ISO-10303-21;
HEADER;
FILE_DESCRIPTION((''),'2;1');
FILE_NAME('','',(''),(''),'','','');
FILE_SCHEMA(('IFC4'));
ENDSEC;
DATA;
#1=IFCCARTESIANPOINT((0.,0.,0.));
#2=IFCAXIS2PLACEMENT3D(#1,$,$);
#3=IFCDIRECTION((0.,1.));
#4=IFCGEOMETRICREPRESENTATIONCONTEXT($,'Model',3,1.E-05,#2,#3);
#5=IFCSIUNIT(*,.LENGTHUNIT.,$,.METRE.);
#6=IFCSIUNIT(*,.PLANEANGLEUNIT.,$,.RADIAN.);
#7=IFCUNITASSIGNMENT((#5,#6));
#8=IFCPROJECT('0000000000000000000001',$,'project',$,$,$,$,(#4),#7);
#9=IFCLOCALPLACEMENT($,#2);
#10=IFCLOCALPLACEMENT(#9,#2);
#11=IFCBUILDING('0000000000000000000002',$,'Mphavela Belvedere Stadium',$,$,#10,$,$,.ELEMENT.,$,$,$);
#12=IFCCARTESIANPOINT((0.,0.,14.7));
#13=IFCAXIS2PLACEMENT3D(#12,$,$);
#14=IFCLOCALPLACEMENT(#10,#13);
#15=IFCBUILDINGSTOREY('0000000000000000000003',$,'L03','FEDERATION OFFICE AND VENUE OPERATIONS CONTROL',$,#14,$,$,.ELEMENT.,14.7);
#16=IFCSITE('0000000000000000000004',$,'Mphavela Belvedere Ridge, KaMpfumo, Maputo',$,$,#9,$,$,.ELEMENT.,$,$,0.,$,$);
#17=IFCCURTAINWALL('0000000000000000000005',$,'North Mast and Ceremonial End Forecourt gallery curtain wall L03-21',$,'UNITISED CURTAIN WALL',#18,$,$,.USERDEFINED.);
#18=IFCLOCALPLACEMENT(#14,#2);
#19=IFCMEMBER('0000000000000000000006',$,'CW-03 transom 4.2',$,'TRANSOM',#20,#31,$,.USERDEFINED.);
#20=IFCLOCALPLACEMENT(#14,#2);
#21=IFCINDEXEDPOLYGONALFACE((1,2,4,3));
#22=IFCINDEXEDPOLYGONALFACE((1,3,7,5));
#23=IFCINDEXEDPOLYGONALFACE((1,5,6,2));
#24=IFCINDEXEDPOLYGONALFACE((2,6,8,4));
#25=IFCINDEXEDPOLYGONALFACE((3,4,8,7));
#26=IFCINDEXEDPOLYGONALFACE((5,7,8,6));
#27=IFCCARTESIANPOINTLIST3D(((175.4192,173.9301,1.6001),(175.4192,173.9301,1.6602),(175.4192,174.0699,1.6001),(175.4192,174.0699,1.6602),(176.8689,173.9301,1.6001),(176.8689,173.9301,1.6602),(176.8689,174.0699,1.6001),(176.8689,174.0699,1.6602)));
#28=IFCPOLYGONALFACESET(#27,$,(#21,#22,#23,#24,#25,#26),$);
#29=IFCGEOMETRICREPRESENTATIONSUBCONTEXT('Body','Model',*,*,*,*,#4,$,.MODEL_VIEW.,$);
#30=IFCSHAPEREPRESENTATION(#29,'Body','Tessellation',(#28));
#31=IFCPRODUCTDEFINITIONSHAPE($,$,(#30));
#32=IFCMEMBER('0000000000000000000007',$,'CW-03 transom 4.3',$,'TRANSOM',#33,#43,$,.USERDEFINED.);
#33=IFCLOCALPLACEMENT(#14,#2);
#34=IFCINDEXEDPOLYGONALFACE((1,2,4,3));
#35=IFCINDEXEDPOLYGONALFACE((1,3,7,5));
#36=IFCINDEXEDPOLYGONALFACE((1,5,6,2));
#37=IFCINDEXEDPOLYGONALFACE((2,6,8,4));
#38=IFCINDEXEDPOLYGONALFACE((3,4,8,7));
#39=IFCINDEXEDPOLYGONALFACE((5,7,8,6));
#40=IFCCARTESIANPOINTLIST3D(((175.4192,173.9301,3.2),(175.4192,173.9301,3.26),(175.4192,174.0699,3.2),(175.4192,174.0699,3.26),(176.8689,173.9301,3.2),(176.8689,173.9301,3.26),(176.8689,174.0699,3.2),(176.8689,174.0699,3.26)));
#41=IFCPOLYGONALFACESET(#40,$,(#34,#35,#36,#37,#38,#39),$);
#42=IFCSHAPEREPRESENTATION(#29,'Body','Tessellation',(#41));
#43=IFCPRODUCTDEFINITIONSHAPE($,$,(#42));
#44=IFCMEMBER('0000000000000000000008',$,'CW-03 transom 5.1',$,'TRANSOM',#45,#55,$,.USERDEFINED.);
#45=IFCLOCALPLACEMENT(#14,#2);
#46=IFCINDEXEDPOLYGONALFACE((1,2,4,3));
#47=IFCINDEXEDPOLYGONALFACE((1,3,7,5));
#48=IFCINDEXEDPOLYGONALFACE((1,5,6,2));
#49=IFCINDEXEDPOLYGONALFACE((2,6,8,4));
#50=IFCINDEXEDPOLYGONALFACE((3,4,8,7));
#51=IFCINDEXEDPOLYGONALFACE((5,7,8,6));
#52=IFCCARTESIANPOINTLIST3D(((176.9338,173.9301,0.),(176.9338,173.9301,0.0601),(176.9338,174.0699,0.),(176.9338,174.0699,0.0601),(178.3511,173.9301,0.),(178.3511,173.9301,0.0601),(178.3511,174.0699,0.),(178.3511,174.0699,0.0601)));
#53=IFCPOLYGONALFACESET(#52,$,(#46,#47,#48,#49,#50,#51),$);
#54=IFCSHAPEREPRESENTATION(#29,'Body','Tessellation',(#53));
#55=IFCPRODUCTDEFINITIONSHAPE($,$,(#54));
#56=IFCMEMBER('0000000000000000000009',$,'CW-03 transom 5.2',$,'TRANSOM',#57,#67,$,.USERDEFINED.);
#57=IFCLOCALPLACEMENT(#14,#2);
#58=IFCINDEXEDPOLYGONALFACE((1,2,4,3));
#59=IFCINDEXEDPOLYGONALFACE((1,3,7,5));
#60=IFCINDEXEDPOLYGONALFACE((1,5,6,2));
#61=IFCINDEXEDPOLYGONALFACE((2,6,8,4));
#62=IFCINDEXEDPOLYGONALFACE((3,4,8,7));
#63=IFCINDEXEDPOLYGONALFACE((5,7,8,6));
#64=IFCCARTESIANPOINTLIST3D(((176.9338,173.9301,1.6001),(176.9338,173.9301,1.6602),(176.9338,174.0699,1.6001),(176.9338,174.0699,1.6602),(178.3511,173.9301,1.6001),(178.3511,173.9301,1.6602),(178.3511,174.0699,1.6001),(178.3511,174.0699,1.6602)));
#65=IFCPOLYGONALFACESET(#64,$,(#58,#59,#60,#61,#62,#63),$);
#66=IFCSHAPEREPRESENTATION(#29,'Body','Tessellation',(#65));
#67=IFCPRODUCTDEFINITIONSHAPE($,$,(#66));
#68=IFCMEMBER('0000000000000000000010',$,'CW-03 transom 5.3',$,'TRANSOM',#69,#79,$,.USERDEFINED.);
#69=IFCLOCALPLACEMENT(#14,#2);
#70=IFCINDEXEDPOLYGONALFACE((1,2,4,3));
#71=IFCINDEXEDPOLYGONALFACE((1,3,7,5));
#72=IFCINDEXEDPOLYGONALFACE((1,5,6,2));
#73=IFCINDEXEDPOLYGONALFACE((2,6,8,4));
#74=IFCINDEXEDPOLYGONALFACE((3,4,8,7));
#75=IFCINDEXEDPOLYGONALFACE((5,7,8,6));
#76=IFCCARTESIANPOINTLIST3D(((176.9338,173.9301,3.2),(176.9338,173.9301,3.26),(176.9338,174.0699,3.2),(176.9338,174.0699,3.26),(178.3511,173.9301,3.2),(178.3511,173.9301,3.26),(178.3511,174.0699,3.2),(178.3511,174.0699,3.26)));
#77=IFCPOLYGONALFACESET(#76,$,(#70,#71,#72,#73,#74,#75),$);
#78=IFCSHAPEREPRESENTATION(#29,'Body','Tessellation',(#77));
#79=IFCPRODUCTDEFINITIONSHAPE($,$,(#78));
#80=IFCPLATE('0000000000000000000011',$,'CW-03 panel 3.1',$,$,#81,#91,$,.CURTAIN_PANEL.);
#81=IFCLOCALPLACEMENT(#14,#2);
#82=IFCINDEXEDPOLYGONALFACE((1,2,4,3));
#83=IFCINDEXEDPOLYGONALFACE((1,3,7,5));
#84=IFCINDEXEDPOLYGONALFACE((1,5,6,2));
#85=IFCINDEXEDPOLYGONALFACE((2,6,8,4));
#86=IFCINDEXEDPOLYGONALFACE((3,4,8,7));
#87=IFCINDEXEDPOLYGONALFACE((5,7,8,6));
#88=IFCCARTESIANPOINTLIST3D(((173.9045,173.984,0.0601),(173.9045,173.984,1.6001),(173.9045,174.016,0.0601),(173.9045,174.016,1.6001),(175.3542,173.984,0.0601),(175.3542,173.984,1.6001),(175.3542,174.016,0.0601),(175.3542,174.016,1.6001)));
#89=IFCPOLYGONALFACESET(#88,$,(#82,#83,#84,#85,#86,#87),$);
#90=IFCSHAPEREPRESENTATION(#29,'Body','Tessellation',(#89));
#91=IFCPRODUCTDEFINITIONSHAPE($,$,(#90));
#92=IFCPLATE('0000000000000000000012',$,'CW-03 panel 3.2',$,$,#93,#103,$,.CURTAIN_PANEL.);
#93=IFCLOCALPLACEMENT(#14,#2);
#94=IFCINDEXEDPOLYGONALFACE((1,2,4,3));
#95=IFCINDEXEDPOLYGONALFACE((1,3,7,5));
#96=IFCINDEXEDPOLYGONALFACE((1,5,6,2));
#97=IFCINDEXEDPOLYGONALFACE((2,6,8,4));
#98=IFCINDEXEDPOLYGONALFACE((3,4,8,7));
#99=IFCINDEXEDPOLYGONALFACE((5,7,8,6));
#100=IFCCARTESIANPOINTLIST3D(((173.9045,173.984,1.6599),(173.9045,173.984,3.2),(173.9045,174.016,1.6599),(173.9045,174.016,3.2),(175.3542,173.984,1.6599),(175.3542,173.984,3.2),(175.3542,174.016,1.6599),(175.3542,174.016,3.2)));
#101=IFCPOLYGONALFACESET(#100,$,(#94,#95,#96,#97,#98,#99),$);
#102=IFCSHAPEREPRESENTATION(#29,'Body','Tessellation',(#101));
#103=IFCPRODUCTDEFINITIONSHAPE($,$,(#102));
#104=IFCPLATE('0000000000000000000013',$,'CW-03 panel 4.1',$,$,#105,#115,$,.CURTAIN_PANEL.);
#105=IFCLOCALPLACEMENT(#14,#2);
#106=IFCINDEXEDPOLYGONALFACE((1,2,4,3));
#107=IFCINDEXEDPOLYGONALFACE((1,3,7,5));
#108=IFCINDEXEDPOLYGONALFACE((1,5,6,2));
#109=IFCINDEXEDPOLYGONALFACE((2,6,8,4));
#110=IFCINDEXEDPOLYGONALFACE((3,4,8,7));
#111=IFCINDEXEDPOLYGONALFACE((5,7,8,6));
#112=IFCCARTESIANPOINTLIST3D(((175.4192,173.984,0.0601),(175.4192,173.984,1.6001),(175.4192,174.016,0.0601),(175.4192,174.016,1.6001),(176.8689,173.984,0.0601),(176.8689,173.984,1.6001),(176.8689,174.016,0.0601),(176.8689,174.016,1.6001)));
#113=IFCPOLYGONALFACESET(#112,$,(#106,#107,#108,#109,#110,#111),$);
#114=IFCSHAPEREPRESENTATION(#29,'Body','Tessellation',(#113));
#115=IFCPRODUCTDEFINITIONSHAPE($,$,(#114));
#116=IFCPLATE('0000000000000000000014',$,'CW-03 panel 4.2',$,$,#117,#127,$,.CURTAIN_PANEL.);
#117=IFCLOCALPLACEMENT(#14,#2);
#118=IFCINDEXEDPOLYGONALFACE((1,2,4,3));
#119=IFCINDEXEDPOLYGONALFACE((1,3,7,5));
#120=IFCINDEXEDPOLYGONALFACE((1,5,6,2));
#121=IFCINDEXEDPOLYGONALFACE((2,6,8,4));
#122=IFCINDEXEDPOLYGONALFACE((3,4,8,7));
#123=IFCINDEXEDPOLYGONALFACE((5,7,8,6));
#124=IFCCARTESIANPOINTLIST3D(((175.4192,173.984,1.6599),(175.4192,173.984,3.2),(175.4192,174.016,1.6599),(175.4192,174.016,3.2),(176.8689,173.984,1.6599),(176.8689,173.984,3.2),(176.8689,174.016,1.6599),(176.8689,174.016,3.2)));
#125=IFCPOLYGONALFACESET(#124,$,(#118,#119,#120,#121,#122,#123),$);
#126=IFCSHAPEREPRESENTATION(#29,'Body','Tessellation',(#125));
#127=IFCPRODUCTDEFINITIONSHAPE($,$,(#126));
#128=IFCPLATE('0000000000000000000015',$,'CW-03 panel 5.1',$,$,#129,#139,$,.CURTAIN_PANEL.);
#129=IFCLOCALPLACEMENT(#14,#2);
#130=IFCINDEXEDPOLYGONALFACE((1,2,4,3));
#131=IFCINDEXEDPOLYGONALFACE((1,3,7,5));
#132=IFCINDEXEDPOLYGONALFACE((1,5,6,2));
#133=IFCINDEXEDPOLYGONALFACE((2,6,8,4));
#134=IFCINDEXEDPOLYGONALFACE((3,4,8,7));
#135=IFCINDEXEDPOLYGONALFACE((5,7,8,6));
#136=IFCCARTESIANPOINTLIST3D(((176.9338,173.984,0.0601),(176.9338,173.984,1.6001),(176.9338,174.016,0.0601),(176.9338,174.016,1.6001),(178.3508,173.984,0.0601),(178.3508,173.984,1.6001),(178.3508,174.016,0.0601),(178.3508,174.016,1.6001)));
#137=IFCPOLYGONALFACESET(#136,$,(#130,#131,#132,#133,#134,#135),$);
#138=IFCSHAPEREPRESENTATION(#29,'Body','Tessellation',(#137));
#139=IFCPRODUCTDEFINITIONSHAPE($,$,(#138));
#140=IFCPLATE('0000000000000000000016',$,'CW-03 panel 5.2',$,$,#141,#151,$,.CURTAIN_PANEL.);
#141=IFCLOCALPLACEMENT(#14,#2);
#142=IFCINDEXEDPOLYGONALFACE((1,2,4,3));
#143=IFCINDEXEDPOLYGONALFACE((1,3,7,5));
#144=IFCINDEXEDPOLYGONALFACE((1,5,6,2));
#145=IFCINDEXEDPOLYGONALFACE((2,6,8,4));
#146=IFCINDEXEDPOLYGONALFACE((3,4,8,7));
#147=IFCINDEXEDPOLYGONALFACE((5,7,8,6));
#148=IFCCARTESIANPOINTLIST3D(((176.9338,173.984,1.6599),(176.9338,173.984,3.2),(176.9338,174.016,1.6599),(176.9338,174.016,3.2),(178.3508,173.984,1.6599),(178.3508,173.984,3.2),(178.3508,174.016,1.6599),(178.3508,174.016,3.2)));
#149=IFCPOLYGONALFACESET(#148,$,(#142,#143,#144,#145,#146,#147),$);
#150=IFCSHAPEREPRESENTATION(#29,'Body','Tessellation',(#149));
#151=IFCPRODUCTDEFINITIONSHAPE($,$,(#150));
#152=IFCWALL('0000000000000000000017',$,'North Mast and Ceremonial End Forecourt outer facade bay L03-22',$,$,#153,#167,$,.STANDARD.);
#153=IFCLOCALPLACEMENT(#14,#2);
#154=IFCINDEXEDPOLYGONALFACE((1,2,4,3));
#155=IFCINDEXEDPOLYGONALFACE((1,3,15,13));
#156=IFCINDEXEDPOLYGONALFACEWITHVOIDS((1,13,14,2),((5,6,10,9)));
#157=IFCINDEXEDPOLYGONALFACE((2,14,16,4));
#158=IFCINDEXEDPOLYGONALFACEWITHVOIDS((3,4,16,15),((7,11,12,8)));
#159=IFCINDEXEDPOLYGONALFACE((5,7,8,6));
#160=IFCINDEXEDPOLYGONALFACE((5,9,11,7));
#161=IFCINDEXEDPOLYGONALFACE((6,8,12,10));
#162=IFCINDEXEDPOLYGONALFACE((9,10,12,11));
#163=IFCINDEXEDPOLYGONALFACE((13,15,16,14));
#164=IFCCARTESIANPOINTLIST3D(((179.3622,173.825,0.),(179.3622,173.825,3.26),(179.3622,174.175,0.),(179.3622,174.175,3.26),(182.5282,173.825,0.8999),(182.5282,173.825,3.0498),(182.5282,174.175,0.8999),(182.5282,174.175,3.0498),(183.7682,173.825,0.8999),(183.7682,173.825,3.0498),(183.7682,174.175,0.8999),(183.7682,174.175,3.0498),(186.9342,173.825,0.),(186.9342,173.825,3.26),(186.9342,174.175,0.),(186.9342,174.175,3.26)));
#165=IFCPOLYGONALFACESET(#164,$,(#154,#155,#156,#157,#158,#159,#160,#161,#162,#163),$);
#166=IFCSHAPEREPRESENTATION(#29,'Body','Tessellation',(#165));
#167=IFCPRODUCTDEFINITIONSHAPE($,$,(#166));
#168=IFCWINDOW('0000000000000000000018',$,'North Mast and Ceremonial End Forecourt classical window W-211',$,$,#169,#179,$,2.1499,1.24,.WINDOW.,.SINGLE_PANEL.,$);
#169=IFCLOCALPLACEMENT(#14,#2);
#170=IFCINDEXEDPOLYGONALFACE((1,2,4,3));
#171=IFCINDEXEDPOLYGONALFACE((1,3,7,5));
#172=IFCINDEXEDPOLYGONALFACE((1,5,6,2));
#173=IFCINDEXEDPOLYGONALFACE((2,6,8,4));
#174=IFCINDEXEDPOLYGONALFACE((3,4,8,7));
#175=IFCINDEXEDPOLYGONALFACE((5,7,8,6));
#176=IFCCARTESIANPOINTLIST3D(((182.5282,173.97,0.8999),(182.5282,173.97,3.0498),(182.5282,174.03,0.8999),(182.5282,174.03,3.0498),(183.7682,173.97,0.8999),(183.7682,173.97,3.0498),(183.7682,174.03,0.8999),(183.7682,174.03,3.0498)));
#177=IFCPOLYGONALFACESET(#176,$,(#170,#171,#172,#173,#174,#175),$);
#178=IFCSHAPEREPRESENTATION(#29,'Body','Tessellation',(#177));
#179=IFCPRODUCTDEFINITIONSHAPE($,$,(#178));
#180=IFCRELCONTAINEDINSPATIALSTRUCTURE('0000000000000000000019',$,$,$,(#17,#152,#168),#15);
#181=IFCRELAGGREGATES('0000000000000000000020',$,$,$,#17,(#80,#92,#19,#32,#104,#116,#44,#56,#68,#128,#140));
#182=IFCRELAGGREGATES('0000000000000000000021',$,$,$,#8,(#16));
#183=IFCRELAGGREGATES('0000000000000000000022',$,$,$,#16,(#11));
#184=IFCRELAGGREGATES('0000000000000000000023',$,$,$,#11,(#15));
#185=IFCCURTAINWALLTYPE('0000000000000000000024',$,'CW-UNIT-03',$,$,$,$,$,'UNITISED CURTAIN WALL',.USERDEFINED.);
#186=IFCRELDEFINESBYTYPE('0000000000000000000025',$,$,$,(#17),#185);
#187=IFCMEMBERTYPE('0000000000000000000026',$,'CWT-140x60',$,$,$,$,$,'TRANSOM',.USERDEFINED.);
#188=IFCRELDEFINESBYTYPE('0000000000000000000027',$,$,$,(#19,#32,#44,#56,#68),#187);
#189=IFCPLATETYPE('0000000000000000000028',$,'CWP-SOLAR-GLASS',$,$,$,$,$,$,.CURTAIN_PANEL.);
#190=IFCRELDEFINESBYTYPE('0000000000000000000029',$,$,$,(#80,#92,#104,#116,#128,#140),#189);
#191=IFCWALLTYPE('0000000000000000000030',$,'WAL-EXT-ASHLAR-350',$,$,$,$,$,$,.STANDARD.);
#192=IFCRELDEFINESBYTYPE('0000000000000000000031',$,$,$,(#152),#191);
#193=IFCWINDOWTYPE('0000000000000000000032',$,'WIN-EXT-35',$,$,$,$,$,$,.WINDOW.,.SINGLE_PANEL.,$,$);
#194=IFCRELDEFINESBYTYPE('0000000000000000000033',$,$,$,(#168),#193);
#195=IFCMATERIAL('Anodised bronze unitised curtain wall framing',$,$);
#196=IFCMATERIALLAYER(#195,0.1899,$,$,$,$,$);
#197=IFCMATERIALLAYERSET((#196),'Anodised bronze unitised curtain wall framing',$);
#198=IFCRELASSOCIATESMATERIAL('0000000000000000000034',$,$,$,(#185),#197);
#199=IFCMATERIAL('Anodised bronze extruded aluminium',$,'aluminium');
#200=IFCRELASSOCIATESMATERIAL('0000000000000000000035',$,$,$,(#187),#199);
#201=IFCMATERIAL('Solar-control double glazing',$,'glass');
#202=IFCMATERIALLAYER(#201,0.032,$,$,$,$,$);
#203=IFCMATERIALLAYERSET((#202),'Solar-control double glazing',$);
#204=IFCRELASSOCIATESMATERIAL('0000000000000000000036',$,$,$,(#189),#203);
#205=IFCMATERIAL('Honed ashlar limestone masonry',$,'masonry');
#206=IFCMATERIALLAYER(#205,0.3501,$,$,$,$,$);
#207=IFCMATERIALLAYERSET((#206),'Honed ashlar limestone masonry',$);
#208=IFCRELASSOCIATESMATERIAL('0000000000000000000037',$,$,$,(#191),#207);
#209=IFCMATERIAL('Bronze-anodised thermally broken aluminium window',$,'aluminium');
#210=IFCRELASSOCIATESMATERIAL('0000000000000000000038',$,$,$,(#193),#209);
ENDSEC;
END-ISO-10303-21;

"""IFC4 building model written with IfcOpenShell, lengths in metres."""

from ifc_helpers import new_model, si_unit, direction, frame, frame_2d, origin, origin_2d, place, context, subcontext, project, spatial, rectangle, extrude, material, layer, layer_set, material_profile, profile_set, type_object, element, fill, aggregate, save


model = new_model("IFC4")

# Units and contexts
model_context = context("Model", 3, precision=1e-05, world=origin(), true_north=direction((0.0, 1.0)))
body_context = subcontext(model_context, "Body", "Model", "MODEL_VIEW")
ifc_project = project(units=[si_unit("LENGTHUNIT", "METRE"), si_unit("PLANEANGLEUNIT", "RADIAN")], contexts=[model_context])

# Site, building, storey
site_placement = place(None, origin())
site = spatial("IfcSite", under=ifc_project, at=site_placement, Name="Mphavela Belvedere Ridge, KaMpfumo, Maputo", CompositionType="ELEMENT", RefElevation=0.0)
building_placement = place(site_placement, origin())
building = spatial("IfcBuilding", under=site, at=building_placement, Name="Mphavela Belvedere Stadium", CompositionType="ELEMENT")
storey_placement = place(building_placement, frame((0.0, 0.0, 14.7)))
storey = spatial("IfcBuildingStorey", under=building, at=storey_placement, Name="L03", Description="FEDERATION OFFICE AND VENUE OPERATIONS CONTROL", CompositionType="ELEMENT", Elevation=14.7)

# Curtain wall, members, plates
ifc_material_1 = material(Name="Anodised bronze unitised curtain wall framing")
ifc_layer_1 = layer(ifc_material_1, 0.1899)
ifc_layer_set_1 = layer_set([ifc_layer_1], Name="Anodised bronze unitised curtain wall framing")
curtain_wall_type = type_object("IfcCurtainWallType", Name="CW-UNIT-03", ElementType="UNITISED CURTAIN WALL", PredefinedType="USERDEFINED", material=ifc_layer_set_1)
curtain_wall_placement = place(storey_placement, origin())
curtain_wall = element("IfcCurtainWall", 1, at=curtain_wall_placement, inside=storey, type_object=curtain_wall_type, Name="North Mast and Ceremonial End Forecourt gallery curtain wall L03-21", ObjectType="UNITISED CURTAIN WALL", PredefinedType="USERDEFINED")
ifc_material_2 = material(Name="Anodised bronze extruded aluminium", Category="aluminium")
ifc_material_profile_1 = material_profile(ifc_material_2, rectangle(XDim=0.1399, YDim=0.0601, at=origin_2d()), Name="CW-TRN 140x60")
ifc_profile_set_1 = profile_set([ifc_material_profile_1], Name="Anodised bronze extruded aluminium")
member_type_1 = type_object("IfcMemberType", Name="CWT-140x60", ElementType="TRANSOM", PredefinedType="USERDEFINED", material=ifc_profile_set_1)
member_1_placement = place(storey_placement, frame((175.4192, 174.0, 1.6301), z_axis=(1.0, 0.0, 0.0), x_axis=(0.0, 1.0, 0.0)))
member_1 = element("IfcMember", 2, at=member_1_placement, type_object=member_type_1, Name="CW-03 transom 4.2", ObjectType="TRANSOM", PredefinedType="USERDEFINED", context=body_context, shape_type="SweptSolid", body=[
    extrude(rectangle(XDim=0.1399, YDim=0.0601, at=origin_2d()), origin(), (0.0, 0.0, 1.0), 1.4497),
])
member_2_placement = place(storey_placement, frame((175.4192, 174.0, 3.23), z_axis=(1.0, 0.0, 0.0), x_axis=(0.0, 1.0, 0.0)))
member_2 = element("IfcMember", 3, at=member_2_placement, type_object=member_type_1, Name="CW-03 transom 4.3", ObjectType="TRANSOM", PredefinedType="USERDEFINED", context=body_context, shape_type="SweptSolid", body=[
    extrude(rectangle(XDim=0.1399, YDim=0.0601, at=origin_2d()), origin(), (0.0, 0.0, 1.0), 1.4497),
])
member_3_placement = place(storey_placement, frame((176.9338, 174.0, 0.03), z_axis=(1.0, 0.0, 0.0), x_axis=(0.0, 1.0, 0.0)))
member_3 = element("IfcMember", 4, at=member_3_placement, type_object=member_type_1, Name="CW-03 transom 5.1", ObjectType="TRANSOM", PredefinedType="USERDEFINED", context=body_context, shape_type="SweptSolid", body=[
    extrude(rectangle(XDim=0.1399, YDim=0.0601, at=origin_2d()), origin(), (0.0, 0.0, 1.0), 1.4172),
])
member_4_placement = place(storey_placement, frame((176.9338, 174.0, 1.6301), z_axis=(1.0, 0.0, 0.0), x_axis=(0.0, 1.0, 0.0)))
member_4 = element("IfcMember", 5, at=member_4_placement, type_object=member_type_1, Name="CW-03 transom 5.2", ObjectType="TRANSOM", PredefinedType="USERDEFINED", context=body_context, shape_type="SweptSolid", body=[
    extrude(rectangle(XDim=0.1399, YDim=0.0601, at=origin_2d()), origin(), (0.0, 0.0, 1.0), 1.4172),
])
member_5_placement = place(storey_placement, frame((176.9338, 174.0, 3.23), z_axis=(1.0, 0.0, 0.0), x_axis=(0.0, 1.0, 0.0)))
member_5 = element("IfcMember", 6, at=member_5_placement, type_object=member_type_1, Name="CW-03 transom 5.3", ObjectType="TRANSOM", PredefinedType="USERDEFINED", context=body_context, shape_type="SweptSolid", body=[
    extrude(rectangle(XDim=0.1399, YDim=0.0601, at=origin_2d()), origin(), (0.0, 0.0, 1.0), 1.4172),
])
ifc_material_3 = material(Name="Solar-control double glazing", Category="glass")
ifc_layer_2 = layer(ifc_material_3, 0.032)
ifc_layer_set_2 = layer_set([ifc_layer_2], Name="Solar-control double glazing")
plate_type = type_object("IfcPlateType", Name="CWP-SOLAR-GLASS", PredefinedType="CURTAIN_PANEL", material=ifc_layer_set_2)
plate_1_placement = place(storey_placement, frame((174.6294, 174.0, 0.0601), z_axis=(0.0, 0.0, 1.0), x_axis=(1.0, 0.0, 0.0)))
plate_1 = element("IfcPlate", 7, at=plate_1_placement, type_object=plate_type, Name="CW-03 panel 3.1", PredefinedType="CURTAIN_PANEL", context=body_context, shape_type="SweptSolid", body=[
    extrude(rectangle(XDim=1.4497, YDim=0.032, at=origin_2d()), origin(), (0.0, 0.0, 1.0), 1.54),
])
plate_2_placement = place(storey_placement, frame((174.6294, 174.0, 1.6599), z_axis=(0.0, 0.0, 1.0), x_axis=(1.0, 0.0, 0.0)))
plate_2 = element("IfcPlate", 8, at=plate_2_placement, type_object=plate_type, Name="CW-03 panel 3.2", PredefinedType="CURTAIN_PANEL", context=body_context, shape_type="SweptSolid", body=[
    extrude(rectangle(XDim=1.4497, YDim=0.032, at=origin_2d()), origin(), (0.0, 0.0, 1.0), 1.54),
])
plate_3_placement = place(storey_placement, frame((176.144, 174.0, 0.0601), z_axis=(0.0, 0.0, 1.0), x_axis=(1.0, 0.0, 0.0)))
plate_3 = element("IfcPlate", 9, at=plate_3_placement, type_object=plate_type, Name="CW-03 panel 4.1", PredefinedType="CURTAIN_PANEL", context=body_context, shape_type="SweptSolid", body=[
    extrude(rectangle(XDim=1.4497, YDim=0.032, at=origin_2d()), origin(), (0.0, 0.0, 1.0), 1.54),
])
plate_4_placement = place(storey_placement, frame((176.144, 174.0, 1.6599), z_axis=(0.0, 0.0, 1.0), x_axis=(1.0, 0.0, 0.0)))
plate_4 = element("IfcPlate", 10, at=plate_4_placement, type_object=plate_type, Name="CW-03 panel 4.2", PredefinedType="CURTAIN_PANEL", context=body_context, shape_type="SweptSolid", body=[
    extrude(rectangle(XDim=1.4497, YDim=0.032, at=origin_2d()), origin(), (0.0, 0.0, 1.0), 1.54),
])
plate_5_placement = place(storey_placement, frame((177.6423, 174.0, 0.0601), z_axis=(0.0, 0.0, 1.0), x_axis=(1.0, 0.0, 0.0)))
plate_5 = element("IfcPlate", 11, at=plate_5_placement, type_object=plate_type, Name="CW-03 panel 5.1", PredefinedType="CURTAIN_PANEL", context=body_context, shape_type="SweptSolid", body=[
    extrude(rectangle(XDim=1.417, YDim=0.032, at=origin_2d()), origin(), (0.0, 0.0, 1.0), 1.54),
])
plate_6_placement = place(storey_placement, frame((177.6423, 174.0, 1.6599), z_axis=(0.0, 0.0, 1.0), x_axis=(1.0, 0.0, 0.0)))
plate_6 = element("IfcPlate", 12, at=plate_6_placement, type_object=plate_type, Name="CW-03 panel 5.2", PredefinedType="CURTAIN_PANEL", context=body_context, shape_type="SweptSolid", body=[
    extrude(rectangle(XDim=1.417, YDim=0.032, at=origin_2d()), origin(), (0.0, 0.0, 1.0), 1.54),
])
aggregate(curtain_wall, [plate_1, plate_2, member_1, member_2, plate_3, plate_4, member_3, member_4, member_5, plate_5, plate_6])

# Wall, opening, window
ifc_material_4 = material(Name="Honed ashlar limestone masonry", Category="masonry")
ifc_layer_3 = layer(ifc_material_4, 0.3501)
ifc_layer_set_3 = layer_set([ifc_layer_3], Name="Honed ashlar limestone masonry")
wall_type_1 = type_object("IfcWallType", Name="WAL-EXT-ASHLAR-350", PredefinedType="STANDARD", material=ifc_layer_set_3)
wall_1_placement = place(storey_placement, frame((179.3621, 174.0, 0.0), z_axis=(0.0, 0.0, 1.0), x_axis=(1.0, 0.0, 0.0)))
wall_1 = element("IfcWall", 13, at=wall_1_placement, inside=storey, type_object=wall_type_1, Name="North Mast and Ceremonial End Forecourt outer facade bay L03-22", PredefinedType="STANDARD", context=body_context, shape_type="SweptSolid", body=[
    extrude(rectangle(XDim=7.572, YDim=0.3501, at=frame_2d((3.7861, 0.0))), origin(), (0.0, 0.0, 1.0), 3.26),
])
opening_1_placement = place(wall_1_placement, frame((3.166, 0.0, 0.8999)))
opening_1 = element("IfcOpeningElement", 14, at=opening_1_placement, cuts=wall_1, PredefinedType="OPENING", context=body_context, shape_type="SweptSolid", body=[
    extrude(rectangle(XDim=1.24, YDim=2.1499, at=frame_2d((0.6201, 1.075))), frame((0.0, 0.1851, 0.0), z_axis=(0.0, -1.0, 0.0), x_axis=(1.0, 0.0, 0.0)), (0.0, 0.0, 1.0), 0.3701),
])
ifc_material_5 = material(Name="Bronze-anodised thermally broken aluminium window", Category="aluminium")
window_type = type_object("IfcWindowType", Name="WIN-EXT-35", PartitioningType="SINGLE_PANEL", PredefinedType="WINDOW", material=ifc_material_5)
window_placement = place(opening_1_placement, origin())
window = element("IfcWindow", 15, at=window_placement, inside=storey, type_object=window_type, Name="North Mast and Ceremonial End Forecourt classical window W-211", OverallHeight=2.1499, OverallWidth=1.24, PartitioningType="SINGLE_PANEL", PredefinedType="WINDOW", context=body_context, shape_type="SweptSolid", body=[
    extrude(rectangle(XDim=1.24, YDim=2.1499, at=frame_2d((0.6201, 1.075))), frame((0.0, 0.03, 0.0), z_axis=(0.0, -1.0, 0.0), x_axis=(1.0, 0.0, 0.0)), (0.0, 0.0, 1.0), 0.0601),
])
fill(opening_1, window)

save(model, "model.ifc")
